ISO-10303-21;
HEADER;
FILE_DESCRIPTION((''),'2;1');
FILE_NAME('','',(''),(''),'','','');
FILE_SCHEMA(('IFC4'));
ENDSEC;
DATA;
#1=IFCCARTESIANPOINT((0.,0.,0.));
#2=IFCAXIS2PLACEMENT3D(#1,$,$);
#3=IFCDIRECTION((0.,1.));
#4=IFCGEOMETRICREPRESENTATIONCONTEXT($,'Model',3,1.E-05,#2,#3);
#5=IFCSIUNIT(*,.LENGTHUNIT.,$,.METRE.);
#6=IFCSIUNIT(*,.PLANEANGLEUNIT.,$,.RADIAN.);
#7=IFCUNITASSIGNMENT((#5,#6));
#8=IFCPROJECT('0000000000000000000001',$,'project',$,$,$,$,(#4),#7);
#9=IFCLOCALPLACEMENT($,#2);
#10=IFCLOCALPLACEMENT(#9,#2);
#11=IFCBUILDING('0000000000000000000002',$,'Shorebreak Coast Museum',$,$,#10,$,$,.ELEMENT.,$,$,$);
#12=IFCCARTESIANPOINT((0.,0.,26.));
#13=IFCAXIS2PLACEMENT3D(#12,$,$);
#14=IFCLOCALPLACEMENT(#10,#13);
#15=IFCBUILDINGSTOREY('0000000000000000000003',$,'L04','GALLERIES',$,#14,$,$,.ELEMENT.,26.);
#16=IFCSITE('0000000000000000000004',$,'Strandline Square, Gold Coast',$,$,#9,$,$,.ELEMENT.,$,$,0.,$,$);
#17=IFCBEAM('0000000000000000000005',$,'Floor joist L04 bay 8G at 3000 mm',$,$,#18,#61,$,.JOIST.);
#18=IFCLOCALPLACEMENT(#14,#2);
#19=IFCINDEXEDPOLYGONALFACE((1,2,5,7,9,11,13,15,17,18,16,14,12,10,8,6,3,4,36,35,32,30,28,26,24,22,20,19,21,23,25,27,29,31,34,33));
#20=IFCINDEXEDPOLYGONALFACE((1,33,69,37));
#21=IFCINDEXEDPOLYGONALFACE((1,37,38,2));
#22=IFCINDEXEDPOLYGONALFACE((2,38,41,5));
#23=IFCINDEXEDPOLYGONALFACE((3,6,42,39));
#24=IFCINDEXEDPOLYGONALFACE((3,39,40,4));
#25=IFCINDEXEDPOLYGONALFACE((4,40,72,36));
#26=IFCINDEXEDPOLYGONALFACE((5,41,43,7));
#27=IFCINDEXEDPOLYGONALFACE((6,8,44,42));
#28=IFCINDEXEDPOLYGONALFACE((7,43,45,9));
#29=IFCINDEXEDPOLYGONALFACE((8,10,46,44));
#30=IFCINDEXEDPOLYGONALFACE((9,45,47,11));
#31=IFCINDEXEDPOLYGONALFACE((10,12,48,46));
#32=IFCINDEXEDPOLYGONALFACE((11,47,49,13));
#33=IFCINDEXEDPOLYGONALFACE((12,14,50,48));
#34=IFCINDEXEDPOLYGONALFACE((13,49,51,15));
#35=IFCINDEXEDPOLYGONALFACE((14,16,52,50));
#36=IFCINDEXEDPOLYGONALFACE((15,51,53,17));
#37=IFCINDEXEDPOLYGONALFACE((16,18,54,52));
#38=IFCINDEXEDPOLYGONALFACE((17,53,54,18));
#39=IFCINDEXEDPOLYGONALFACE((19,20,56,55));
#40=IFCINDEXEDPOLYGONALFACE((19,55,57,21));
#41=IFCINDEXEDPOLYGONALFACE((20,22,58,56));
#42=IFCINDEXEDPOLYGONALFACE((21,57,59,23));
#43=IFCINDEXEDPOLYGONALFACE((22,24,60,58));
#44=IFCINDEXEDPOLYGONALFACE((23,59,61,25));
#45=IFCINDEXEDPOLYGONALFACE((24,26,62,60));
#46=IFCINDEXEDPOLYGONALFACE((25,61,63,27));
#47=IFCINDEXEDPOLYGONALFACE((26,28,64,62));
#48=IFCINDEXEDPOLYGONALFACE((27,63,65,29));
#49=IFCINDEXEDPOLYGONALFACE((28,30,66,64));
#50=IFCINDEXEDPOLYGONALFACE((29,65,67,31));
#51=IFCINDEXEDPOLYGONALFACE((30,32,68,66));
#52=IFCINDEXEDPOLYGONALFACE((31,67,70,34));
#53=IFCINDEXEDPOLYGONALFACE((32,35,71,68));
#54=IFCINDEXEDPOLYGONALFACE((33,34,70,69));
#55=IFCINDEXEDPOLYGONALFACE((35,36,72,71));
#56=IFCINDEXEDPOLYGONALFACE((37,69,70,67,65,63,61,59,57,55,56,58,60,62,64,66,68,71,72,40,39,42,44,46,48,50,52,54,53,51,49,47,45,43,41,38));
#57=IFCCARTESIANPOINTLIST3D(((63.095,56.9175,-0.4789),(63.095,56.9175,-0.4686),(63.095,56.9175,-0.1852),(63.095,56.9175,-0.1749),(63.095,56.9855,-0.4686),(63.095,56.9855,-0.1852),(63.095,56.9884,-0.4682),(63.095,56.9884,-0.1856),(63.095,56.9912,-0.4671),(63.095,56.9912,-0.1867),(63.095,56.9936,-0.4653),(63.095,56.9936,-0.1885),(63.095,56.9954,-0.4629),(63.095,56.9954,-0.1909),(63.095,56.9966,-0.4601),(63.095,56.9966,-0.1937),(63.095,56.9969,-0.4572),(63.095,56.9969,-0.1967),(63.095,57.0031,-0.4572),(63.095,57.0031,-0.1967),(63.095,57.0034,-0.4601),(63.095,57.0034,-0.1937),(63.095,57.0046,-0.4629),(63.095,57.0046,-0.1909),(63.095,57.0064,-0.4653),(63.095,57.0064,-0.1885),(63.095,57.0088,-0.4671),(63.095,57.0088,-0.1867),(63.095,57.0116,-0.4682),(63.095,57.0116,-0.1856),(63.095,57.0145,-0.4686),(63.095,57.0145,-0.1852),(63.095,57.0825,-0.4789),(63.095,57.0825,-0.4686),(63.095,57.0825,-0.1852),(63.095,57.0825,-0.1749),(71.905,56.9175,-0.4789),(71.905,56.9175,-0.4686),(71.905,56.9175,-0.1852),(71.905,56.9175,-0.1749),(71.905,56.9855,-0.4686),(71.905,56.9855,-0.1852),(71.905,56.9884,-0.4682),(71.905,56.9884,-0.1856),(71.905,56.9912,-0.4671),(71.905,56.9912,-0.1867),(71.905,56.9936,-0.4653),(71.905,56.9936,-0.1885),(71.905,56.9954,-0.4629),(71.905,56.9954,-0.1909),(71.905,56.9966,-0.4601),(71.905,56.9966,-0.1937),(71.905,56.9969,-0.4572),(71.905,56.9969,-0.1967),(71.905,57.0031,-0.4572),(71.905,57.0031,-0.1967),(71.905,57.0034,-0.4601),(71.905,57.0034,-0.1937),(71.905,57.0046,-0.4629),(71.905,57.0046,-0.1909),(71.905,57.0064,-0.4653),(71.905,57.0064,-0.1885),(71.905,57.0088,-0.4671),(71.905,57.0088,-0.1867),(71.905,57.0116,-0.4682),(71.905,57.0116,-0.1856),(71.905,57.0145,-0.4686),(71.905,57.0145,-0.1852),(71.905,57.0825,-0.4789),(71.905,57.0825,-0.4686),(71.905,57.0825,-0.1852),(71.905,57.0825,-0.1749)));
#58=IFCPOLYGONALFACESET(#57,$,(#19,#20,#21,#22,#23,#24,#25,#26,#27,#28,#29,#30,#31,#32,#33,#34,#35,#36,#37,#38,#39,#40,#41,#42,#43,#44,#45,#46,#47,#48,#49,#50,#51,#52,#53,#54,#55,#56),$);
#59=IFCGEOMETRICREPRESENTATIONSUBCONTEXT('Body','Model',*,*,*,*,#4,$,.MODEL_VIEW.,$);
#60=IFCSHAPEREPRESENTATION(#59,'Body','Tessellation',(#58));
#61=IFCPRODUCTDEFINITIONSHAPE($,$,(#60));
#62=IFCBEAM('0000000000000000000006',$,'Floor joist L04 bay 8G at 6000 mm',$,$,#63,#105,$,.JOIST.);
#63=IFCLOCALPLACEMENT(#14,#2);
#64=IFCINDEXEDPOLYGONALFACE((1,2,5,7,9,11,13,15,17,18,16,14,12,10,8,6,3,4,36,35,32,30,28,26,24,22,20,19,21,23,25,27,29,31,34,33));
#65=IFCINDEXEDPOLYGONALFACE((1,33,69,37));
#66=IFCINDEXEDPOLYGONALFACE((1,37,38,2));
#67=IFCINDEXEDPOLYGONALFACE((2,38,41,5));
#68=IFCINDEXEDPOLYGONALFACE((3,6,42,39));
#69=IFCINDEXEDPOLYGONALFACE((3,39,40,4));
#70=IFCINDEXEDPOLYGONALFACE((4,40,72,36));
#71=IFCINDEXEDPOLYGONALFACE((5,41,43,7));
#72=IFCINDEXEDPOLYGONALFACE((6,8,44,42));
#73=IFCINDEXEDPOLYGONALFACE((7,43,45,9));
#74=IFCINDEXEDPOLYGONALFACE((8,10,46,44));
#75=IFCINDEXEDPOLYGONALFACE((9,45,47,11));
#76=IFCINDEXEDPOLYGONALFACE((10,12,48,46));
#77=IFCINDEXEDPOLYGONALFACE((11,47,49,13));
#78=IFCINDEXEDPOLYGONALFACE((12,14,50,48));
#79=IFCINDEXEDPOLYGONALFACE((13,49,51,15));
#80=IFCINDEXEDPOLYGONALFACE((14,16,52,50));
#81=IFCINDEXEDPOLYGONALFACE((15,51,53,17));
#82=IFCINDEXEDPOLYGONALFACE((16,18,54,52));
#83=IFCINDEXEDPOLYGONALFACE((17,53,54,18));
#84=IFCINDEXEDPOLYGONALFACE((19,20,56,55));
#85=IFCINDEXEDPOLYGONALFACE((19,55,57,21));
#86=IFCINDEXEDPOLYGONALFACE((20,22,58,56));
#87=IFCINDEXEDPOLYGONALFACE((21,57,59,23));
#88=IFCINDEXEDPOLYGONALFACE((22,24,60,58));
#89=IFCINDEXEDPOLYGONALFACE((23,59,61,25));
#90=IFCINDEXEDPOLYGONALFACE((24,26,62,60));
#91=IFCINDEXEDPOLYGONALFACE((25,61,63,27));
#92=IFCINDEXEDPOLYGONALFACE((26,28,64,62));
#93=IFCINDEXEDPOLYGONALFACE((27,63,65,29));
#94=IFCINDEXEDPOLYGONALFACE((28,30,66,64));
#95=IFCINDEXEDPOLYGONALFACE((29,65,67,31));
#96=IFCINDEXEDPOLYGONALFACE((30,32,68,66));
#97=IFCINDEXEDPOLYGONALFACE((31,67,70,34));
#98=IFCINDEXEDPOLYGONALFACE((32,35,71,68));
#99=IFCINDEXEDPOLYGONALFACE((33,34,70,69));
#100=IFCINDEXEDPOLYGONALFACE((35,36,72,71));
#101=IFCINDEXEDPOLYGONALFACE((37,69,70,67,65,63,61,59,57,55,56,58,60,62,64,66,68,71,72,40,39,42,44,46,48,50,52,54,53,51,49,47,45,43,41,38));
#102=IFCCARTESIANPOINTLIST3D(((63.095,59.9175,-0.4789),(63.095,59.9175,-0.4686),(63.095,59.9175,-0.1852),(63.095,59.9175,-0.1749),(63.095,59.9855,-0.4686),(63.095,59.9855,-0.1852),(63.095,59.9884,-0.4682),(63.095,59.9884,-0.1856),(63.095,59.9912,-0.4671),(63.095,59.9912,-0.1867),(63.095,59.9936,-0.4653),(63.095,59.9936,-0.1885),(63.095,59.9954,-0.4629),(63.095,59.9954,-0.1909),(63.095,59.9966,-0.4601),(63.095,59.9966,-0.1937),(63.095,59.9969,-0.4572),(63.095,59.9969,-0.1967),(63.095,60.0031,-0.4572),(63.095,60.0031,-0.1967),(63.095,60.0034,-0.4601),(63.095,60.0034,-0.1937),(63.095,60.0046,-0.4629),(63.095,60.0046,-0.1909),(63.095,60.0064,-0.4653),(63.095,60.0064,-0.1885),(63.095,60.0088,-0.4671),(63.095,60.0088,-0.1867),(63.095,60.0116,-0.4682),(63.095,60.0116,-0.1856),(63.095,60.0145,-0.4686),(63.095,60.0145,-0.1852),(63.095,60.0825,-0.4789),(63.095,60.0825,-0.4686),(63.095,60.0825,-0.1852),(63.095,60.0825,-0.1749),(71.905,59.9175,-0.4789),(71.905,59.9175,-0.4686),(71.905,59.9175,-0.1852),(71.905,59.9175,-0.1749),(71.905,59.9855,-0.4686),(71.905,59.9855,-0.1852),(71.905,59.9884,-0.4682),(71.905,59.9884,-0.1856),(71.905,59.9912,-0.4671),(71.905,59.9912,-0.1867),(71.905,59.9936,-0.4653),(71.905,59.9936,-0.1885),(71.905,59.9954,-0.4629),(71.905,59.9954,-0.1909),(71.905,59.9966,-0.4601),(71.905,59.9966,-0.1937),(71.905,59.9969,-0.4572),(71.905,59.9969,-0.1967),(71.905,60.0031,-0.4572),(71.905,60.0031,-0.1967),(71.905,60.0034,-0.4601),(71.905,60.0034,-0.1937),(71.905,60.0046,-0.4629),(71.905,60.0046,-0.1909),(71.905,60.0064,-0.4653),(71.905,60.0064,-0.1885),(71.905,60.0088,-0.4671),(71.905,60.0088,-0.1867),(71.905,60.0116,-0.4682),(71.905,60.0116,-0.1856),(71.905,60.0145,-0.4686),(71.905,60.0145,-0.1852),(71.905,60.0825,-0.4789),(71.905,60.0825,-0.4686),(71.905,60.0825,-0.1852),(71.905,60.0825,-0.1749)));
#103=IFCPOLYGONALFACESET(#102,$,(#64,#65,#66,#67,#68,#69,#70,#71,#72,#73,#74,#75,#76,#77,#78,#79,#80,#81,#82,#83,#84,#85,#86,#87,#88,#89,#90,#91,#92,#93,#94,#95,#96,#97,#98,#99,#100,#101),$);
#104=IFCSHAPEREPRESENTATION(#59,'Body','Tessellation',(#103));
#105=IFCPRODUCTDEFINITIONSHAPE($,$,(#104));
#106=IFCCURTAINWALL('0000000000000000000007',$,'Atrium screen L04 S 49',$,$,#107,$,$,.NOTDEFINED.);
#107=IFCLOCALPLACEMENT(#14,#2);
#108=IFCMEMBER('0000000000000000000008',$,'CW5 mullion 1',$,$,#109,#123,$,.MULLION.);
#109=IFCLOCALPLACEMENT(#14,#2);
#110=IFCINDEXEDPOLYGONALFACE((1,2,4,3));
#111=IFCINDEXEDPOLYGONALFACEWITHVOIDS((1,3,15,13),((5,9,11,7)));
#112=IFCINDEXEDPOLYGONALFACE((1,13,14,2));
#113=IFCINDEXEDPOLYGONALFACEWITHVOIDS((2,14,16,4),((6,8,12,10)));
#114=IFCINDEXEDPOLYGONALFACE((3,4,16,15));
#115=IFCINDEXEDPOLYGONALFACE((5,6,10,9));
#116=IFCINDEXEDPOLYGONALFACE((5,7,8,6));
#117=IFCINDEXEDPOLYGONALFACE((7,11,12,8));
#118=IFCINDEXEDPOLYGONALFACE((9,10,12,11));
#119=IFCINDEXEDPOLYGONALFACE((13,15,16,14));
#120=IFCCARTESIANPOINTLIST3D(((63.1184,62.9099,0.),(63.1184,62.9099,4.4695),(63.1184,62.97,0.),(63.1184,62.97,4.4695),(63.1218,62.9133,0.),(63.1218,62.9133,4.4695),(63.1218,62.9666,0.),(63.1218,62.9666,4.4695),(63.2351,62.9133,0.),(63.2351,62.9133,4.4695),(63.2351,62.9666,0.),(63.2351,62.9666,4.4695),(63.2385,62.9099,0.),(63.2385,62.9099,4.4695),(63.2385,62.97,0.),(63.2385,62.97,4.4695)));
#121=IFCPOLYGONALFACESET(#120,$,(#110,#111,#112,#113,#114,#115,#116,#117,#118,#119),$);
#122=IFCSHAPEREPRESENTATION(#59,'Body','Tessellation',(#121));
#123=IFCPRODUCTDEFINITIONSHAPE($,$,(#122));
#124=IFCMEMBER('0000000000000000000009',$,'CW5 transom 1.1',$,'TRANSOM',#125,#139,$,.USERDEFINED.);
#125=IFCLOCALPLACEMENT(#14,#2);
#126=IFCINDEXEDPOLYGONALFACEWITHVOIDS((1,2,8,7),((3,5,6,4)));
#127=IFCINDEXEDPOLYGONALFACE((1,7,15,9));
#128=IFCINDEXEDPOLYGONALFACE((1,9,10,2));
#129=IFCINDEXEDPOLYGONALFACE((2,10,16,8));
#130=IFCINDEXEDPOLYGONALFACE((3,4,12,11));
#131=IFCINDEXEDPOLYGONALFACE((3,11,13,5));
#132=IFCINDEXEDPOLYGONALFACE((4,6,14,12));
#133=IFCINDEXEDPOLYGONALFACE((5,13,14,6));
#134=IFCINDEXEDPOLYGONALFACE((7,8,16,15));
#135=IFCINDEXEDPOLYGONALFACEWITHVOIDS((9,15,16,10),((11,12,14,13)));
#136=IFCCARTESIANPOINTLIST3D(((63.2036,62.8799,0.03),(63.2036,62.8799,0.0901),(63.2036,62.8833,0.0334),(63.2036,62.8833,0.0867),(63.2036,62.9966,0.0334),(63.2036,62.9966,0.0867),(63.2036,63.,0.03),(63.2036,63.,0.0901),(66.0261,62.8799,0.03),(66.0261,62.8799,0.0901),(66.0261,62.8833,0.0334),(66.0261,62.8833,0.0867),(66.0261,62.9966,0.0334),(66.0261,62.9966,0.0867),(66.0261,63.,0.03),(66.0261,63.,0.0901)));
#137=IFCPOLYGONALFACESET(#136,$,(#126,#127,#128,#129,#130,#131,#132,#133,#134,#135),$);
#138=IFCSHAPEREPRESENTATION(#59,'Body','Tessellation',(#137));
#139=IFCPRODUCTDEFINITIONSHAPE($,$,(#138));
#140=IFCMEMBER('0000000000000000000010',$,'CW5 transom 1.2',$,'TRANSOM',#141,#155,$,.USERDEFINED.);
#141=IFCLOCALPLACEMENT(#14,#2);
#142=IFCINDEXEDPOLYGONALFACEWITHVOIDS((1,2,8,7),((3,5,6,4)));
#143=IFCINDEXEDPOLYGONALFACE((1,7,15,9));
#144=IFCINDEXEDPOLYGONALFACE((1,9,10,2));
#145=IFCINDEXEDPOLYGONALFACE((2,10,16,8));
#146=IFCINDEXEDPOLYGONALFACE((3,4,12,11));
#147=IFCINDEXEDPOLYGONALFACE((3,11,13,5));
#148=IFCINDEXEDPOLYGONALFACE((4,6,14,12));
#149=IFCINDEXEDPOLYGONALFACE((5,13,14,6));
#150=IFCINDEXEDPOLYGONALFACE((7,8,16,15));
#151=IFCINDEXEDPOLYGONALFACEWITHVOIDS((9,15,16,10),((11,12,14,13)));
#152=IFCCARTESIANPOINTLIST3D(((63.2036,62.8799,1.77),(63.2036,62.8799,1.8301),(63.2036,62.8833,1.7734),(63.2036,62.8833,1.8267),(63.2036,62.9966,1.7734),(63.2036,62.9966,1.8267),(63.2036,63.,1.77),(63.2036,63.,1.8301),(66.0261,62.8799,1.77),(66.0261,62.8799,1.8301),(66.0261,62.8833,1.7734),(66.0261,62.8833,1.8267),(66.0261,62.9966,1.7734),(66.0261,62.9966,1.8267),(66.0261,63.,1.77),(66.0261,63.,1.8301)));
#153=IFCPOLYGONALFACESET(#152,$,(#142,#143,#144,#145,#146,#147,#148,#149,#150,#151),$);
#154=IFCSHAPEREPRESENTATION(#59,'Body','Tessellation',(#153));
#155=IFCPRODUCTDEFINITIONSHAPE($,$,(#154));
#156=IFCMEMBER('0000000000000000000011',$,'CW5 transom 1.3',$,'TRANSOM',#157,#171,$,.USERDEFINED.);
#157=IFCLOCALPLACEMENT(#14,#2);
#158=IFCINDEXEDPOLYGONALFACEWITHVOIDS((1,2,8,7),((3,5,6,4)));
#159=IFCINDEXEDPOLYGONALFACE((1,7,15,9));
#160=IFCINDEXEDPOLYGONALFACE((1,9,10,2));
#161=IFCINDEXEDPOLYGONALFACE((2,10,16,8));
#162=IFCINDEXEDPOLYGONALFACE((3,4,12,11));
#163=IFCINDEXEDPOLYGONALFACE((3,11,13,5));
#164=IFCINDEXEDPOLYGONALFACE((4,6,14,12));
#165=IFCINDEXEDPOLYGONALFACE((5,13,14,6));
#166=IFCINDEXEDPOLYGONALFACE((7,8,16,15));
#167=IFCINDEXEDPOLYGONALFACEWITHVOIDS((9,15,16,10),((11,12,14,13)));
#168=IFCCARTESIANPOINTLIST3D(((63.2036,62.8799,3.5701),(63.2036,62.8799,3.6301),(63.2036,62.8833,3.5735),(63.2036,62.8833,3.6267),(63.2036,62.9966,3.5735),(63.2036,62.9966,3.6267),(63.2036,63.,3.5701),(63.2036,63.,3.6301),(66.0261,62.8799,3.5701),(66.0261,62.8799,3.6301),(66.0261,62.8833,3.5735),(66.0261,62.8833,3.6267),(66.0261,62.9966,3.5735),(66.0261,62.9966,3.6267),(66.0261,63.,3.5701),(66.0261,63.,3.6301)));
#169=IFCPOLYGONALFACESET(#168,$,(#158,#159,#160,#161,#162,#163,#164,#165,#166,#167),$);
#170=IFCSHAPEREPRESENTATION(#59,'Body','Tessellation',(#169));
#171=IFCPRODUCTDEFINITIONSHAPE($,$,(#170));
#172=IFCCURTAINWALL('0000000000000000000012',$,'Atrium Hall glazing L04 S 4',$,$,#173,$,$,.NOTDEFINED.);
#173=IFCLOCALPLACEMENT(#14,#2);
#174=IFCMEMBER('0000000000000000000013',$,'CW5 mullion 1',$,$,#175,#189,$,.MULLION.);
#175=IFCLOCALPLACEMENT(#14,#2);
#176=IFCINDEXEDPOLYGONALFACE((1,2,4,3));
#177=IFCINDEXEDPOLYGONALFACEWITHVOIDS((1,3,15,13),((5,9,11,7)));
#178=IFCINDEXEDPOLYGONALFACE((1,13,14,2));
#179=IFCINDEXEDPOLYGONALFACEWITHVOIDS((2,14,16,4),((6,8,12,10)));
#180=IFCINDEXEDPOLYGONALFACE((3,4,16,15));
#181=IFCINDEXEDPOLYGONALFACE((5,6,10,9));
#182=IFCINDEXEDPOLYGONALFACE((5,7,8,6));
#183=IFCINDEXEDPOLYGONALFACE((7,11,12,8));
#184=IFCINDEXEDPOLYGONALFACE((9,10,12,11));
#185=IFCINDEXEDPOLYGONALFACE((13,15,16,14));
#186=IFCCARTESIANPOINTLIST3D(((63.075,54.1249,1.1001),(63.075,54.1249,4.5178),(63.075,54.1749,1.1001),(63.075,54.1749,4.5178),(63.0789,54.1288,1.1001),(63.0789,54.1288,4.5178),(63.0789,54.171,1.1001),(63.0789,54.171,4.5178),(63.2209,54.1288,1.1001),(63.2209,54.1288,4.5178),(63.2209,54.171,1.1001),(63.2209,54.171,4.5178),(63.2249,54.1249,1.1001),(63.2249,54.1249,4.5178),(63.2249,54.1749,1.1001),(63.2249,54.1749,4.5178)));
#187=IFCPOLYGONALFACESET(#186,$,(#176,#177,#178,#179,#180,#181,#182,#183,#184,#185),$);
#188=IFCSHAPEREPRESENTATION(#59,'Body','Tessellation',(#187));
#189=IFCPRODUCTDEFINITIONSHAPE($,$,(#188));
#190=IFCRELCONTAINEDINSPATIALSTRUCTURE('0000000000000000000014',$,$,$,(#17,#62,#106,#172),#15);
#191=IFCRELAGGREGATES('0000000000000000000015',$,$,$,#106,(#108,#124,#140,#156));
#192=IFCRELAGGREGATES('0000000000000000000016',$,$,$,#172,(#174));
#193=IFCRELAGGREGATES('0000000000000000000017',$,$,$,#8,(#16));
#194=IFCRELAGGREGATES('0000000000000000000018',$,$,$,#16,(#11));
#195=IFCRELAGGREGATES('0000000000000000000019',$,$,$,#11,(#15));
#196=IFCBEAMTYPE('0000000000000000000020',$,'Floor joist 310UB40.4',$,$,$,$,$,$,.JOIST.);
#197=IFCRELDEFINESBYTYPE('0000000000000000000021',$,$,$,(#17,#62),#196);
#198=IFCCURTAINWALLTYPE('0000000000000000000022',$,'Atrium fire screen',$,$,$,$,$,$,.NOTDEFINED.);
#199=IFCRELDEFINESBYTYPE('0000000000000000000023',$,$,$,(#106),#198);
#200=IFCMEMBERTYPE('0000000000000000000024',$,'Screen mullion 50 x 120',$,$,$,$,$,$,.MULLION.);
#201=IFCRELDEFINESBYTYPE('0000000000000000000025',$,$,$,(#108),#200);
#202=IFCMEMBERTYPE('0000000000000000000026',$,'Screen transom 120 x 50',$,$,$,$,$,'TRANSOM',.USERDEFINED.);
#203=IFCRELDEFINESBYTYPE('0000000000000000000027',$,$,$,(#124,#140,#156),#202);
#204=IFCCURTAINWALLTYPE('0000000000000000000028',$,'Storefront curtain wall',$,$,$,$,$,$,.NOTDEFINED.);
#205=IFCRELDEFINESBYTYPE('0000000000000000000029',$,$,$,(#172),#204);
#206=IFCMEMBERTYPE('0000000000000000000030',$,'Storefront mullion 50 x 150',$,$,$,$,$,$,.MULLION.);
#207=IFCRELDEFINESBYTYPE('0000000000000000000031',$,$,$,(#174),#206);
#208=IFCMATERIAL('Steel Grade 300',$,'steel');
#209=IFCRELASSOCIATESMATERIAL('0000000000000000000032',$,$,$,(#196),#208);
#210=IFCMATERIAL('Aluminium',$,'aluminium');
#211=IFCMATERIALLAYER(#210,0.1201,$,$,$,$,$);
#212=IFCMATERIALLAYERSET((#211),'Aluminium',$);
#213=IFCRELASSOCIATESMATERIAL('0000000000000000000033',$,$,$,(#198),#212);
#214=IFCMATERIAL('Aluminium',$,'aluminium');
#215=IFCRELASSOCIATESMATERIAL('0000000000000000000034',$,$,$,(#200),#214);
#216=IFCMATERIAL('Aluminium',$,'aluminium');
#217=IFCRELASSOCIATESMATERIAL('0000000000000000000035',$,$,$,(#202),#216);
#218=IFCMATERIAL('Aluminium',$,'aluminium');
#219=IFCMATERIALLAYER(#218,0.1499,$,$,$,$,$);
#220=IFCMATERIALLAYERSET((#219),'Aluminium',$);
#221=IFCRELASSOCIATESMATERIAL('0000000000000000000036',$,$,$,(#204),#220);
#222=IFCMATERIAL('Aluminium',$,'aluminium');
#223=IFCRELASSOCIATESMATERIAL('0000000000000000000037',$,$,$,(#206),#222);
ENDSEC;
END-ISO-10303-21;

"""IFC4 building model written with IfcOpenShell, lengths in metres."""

from ifc_helpers import new_model, si_unit, direction, frame, origin, origin_2d, place, context, subcontext, project, spatial, hollow_rectangle, i_section, extrude, material, layer, layer_set, material_profile, profile_set, type_object, element, aggregate, save


model = new_model("IFC4")

# Units and contexts
model_context = context("Model", 3, precision=1e-05, world=origin(), true_north=direction((0.0, 1.0)))
body_context = subcontext(model_context, "Body", "Model", "MODEL_VIEW")
ifc_project = project(units=[si_unit("LENGTHUNIT", "METRE"), si_unit("PLANEANGLEUNIT", "RADIAN")], contexts=[model_context])

# Site, building, storey
site_placement = place(None, origin())
site = spatial("IfcSite", under=ifc_project, at=site_placement, Name="Strandline Square, Gold Coast", CompositionType="ELEMENT", RefElevation=0.0)
building_placement = place(site_placement, origin())
building = spatial("IfcBuilding", under=site, at=building_placement, Name="Shorebreak Coast Museum", CompositionType="ELEMENT")
storey_placement = place(building_placement, frame((0.0, 0.0, 26.0)))
storey = spatial("IfcBuildingStorey", under=building, at=storey_placement, Name="L04", Description="GALLERIES", CompositionType="ELEMENT", Elevation=26.0)

# Beams
ifc_material_1 = material(Name="Steel Grade 300", Category="steel")
ifc_material_profile_1 = material_profile(ifc_material_1, i_section(OverallWidth=0.165, OverallDepth=0.304, WebThickness=0.0061, FlangeThickness=0.0103, FilletRadius=0.0115, at=origin_2d()), Name="310UB40.4")
ifc_profile_set_1 = profile_set([ifc_material_profile_1], Name="Steel Grade 300")
beam_type_1 = type_object("IfcBeamType", Name="Floor joist 310UB40.4", PredefinedType="JOIST", material=ifc_profile_set_1)
for number, where, z_axis, x_axis, name in (
    (1, (63.095, 57.0, -0.3269), (1.0, 0.0, 0.0), (0.0, 1.0, 0.0), "Floor joist L04 bay 8G at 3000 mm"),
    (2, (63.095, 60.0, -0.3269), (1.0, 0.0, 0.0), (0.0, 1.0, 0.0), "Floor joist L04 bay 8G at 6000 mm"),
):
    element("IfcBeam", number, at=place(storey_placement, frame(where, z_axis=z_axis, x_axis=x_axis)), inside=storey, type_object=beam_type_1, Name=name, PredefinedType="JOIST", context=body_context, shape_type="SweptSolid", body=[
        extrude(i_section(OverallWidth=0.165, OverallDepth=0.304, WebThickness=0.0061, FlangeThickness=0.0103, FilletRadius=0.0115, at=origin_2d()), origin(), (0.0, 0.0, 1.0), 8.8101),
    ])

# Curtain wall, members
ifc_material_2 = material(Name="Aluminium", Category="aluminium")
ifc_layer_1 = layer(ifc_material_2, 0.1201)
ifc_layer_set_1 = layer_set([ifc_layer_1], Name="Aluminium")
curtain_wall_type_1 = type_object("IfcCurtainWallType", Name="Atrium fire screen", PredefinedType="NOTDEFINED", material=ifc_layer_set_1)
curtain_wall_1_placement = place(storey_placement, origin())
curtain_wall_1 = element("IfcCurtainWall", 3, at=curtain_wall_1_placement, inside=storey, type_object=curtain_wall_type_1, Name="Atrium screen L04 S 49", PredefinedType="NOTDEFINED")
ifc_material_3 = material(Name="Aluminium", Category="aluminium")
ifc_material_profile_2 = material_profile(ifc_material_3, hollow_rectangle(XDim=0.0601, YDim=0.1201, WallThickness=0.0034, at=origin_2d()), Name="AL 120x60 RHS")
ifc_profile_set_2 = profile_set([ifc_material_profile_2], Name="Aluminium")
member_type_1 = type_object("IfcMemberType", Name="Screen mullion 50 x 120", PredefinedType="MULLION", material=ifc_profile_set_2)
member_1_placement = place(storey_placement, frame((63.1785, 62.9399, 0.0), z_axis=(0.0, 0.0, 1.0), x_axis=(0.0, 1.0, 0.0)))
member_1 = element("IfcMember", 4, at=member_1_placement, type_object=member_type_1, Name="CW5 mullion 1", PredefinedType="MULLION", context=body_context, shape_type="SweptSolid", body=[
    extrude(hollow_rectangle(XDim=0.0601, YDim=0.1201, WallThickness=0.0034, at=origin_2d()), origin(), (0.0, 0.0, 1.0), 4.4695),
])
ifc_material_4 = material(Name="Aluminium", Category="aluminium")
ifc_material_profile_3 = material_profile(ifc_material_4, hollow_rectangle(XDim=0.1201, YDim=0.0601, WallThickness=0.0034, at=origin_2d()), Name="AL 60x120 RHS")
ifc_profile_set_3 = profile_set([ifc_material_profile_3], Name="Aluminium")
member_type_2 = type_object("IfcMemberType", Name="Screen transom 120 x 50", ElementType="TRANSOM", PredefinedType="USERDEFINED", material=ifc_profile_set_3)
member_2_placement = place(storey_placement, frame((63.2036, 62.9399, 0.0601), z_axis=(1.0, 0.0, 0.0), x_axis=(0.0, 1.0, 0.0)))
member_2 = element("IfcMember", 5, at=member_2_placement, type_object=member_type_2, Name="CW5 transom 1.1", ObjectType="TRANSOM", PredefinedType="USERDEFINED", context=body_context, shape_type="SweptSolid", body=[
    extrude(hollow_rectangle(XDim=0.1201, YDim=0.0601, WallThickness=0.0034, at=origin_2d()), origin(), (0.0, 0.0, 1.0), 2.8225),
])
member_3_placement = place(storey_placement, frame((63.2036, 62.9399, 1.8), z_axis=(1.0, 0.0, 0.0), x_axis=(0.0, 1.0, 0.0)))
member_3 = element("IfcMember", 6, at=member_3_placement, type_object=member_type_2, Name="CW5 transom 1.2", ObjectType="TRANSOM", PredefinedType="USERDEFINED", context=body_context, shape_type="SweptSolid", body=[
    extrude(hollow_rectangle(XDim=0.1201, YDim=0.0601, WallThickness=0.0034, at=origin_2d()), origin(), (0.0, 0.0, 1.0), 2.8225),
])
member_4_placement = place(storey_placement, frame((63.2036, 62.9399, 3.6001), z_axis=(1.0, 0.0, 0.0), x_axis=(0.0, 1.0, 0.0)))
member_4 = element("IfcMember", 7, at=member_4_placement, type_object=member_type_2, Name="CW5 transom 1.3", ObjectType="TRANSOM", PredefinedType="USERDEFINED", context=body_context, shape_type="SweptSolid", body=[
    extrude(hollow_rectangle(XDim=0.1201, YDim=0.0601, WallThickness=0.0034, at=origin_2d()), origin(), (0.0, 0.0, 1.0), 2.8225),
])
aggregate(curtain_wall_1, [member_1, member_2, member_3, member_4])

# Curtain wall, member
ifc_material_5 = material(Name="Aluminium", Category="aluminium")
ifc_layer_2 = layer(ifc_material_5, 0.1499)
ifc_layer_set_2 = layer_set([ifc_layer_2], Name="Aluminium")
curtain_wall_type_2 = type_object("IfcCurtainWallType", Name="Storefront curtain wall", PredefinedType="NOTDEFINED", material=ifc_layer_set_2)
curtain_wall_2_placement = place(storey_placement, origin())
curtain_wall_2 = element("IfcCurtainWall", 8, at=curtain_wall_2_placement, inside=storey, type_object=curtain_wall_type_2, Name="Atrium Hall glazing L04 S 4", PredefinedType="NOTDEFINED")
ifc_material_6 = material(Name="Aluminium", Category="aluminium")
ifc_material_profile_4 = material_profile(ifc_material_6, hollow_rectangle(XDim=0.05, YDim=0.1499, WallThickness=0.0039, at=origin_2d()), Name="AL 150x50 RHS")
ifc_profile_set_4 = profile_set([ifc_material_profile_4], Name="Aluminium")
member_type_3 = type_object("IfcMemberType", Name="Storefront mullion 50 x 150", PredefinedType="MULLION", material=ifc_profile_set_4)
member_5_placement = place(storey_placement, frame((63.1499, 54.1499, 1.1001), z_axis=(0.0, 0.0, 1.0), x_axis=(0.0, 1.0, 0.0)))
member_5 = element("IfcMember", 9, at=member_5_placement, type_object=member_type_3, Name="CW5 mullion 1", PredefinedType="MULLION", context=body_context, shape_type="SweptSolid", body=[
    extrude(hollow_rectangle(XDim=0.05, YDim=0.1499, WallThickness=0.0039, at=origin_2d()), origin(), (0.0, 0.0, 1.0), 3.4177),
])
aggregate(curtain_wall_2, [member_5])

save(model, "model.ifc")
